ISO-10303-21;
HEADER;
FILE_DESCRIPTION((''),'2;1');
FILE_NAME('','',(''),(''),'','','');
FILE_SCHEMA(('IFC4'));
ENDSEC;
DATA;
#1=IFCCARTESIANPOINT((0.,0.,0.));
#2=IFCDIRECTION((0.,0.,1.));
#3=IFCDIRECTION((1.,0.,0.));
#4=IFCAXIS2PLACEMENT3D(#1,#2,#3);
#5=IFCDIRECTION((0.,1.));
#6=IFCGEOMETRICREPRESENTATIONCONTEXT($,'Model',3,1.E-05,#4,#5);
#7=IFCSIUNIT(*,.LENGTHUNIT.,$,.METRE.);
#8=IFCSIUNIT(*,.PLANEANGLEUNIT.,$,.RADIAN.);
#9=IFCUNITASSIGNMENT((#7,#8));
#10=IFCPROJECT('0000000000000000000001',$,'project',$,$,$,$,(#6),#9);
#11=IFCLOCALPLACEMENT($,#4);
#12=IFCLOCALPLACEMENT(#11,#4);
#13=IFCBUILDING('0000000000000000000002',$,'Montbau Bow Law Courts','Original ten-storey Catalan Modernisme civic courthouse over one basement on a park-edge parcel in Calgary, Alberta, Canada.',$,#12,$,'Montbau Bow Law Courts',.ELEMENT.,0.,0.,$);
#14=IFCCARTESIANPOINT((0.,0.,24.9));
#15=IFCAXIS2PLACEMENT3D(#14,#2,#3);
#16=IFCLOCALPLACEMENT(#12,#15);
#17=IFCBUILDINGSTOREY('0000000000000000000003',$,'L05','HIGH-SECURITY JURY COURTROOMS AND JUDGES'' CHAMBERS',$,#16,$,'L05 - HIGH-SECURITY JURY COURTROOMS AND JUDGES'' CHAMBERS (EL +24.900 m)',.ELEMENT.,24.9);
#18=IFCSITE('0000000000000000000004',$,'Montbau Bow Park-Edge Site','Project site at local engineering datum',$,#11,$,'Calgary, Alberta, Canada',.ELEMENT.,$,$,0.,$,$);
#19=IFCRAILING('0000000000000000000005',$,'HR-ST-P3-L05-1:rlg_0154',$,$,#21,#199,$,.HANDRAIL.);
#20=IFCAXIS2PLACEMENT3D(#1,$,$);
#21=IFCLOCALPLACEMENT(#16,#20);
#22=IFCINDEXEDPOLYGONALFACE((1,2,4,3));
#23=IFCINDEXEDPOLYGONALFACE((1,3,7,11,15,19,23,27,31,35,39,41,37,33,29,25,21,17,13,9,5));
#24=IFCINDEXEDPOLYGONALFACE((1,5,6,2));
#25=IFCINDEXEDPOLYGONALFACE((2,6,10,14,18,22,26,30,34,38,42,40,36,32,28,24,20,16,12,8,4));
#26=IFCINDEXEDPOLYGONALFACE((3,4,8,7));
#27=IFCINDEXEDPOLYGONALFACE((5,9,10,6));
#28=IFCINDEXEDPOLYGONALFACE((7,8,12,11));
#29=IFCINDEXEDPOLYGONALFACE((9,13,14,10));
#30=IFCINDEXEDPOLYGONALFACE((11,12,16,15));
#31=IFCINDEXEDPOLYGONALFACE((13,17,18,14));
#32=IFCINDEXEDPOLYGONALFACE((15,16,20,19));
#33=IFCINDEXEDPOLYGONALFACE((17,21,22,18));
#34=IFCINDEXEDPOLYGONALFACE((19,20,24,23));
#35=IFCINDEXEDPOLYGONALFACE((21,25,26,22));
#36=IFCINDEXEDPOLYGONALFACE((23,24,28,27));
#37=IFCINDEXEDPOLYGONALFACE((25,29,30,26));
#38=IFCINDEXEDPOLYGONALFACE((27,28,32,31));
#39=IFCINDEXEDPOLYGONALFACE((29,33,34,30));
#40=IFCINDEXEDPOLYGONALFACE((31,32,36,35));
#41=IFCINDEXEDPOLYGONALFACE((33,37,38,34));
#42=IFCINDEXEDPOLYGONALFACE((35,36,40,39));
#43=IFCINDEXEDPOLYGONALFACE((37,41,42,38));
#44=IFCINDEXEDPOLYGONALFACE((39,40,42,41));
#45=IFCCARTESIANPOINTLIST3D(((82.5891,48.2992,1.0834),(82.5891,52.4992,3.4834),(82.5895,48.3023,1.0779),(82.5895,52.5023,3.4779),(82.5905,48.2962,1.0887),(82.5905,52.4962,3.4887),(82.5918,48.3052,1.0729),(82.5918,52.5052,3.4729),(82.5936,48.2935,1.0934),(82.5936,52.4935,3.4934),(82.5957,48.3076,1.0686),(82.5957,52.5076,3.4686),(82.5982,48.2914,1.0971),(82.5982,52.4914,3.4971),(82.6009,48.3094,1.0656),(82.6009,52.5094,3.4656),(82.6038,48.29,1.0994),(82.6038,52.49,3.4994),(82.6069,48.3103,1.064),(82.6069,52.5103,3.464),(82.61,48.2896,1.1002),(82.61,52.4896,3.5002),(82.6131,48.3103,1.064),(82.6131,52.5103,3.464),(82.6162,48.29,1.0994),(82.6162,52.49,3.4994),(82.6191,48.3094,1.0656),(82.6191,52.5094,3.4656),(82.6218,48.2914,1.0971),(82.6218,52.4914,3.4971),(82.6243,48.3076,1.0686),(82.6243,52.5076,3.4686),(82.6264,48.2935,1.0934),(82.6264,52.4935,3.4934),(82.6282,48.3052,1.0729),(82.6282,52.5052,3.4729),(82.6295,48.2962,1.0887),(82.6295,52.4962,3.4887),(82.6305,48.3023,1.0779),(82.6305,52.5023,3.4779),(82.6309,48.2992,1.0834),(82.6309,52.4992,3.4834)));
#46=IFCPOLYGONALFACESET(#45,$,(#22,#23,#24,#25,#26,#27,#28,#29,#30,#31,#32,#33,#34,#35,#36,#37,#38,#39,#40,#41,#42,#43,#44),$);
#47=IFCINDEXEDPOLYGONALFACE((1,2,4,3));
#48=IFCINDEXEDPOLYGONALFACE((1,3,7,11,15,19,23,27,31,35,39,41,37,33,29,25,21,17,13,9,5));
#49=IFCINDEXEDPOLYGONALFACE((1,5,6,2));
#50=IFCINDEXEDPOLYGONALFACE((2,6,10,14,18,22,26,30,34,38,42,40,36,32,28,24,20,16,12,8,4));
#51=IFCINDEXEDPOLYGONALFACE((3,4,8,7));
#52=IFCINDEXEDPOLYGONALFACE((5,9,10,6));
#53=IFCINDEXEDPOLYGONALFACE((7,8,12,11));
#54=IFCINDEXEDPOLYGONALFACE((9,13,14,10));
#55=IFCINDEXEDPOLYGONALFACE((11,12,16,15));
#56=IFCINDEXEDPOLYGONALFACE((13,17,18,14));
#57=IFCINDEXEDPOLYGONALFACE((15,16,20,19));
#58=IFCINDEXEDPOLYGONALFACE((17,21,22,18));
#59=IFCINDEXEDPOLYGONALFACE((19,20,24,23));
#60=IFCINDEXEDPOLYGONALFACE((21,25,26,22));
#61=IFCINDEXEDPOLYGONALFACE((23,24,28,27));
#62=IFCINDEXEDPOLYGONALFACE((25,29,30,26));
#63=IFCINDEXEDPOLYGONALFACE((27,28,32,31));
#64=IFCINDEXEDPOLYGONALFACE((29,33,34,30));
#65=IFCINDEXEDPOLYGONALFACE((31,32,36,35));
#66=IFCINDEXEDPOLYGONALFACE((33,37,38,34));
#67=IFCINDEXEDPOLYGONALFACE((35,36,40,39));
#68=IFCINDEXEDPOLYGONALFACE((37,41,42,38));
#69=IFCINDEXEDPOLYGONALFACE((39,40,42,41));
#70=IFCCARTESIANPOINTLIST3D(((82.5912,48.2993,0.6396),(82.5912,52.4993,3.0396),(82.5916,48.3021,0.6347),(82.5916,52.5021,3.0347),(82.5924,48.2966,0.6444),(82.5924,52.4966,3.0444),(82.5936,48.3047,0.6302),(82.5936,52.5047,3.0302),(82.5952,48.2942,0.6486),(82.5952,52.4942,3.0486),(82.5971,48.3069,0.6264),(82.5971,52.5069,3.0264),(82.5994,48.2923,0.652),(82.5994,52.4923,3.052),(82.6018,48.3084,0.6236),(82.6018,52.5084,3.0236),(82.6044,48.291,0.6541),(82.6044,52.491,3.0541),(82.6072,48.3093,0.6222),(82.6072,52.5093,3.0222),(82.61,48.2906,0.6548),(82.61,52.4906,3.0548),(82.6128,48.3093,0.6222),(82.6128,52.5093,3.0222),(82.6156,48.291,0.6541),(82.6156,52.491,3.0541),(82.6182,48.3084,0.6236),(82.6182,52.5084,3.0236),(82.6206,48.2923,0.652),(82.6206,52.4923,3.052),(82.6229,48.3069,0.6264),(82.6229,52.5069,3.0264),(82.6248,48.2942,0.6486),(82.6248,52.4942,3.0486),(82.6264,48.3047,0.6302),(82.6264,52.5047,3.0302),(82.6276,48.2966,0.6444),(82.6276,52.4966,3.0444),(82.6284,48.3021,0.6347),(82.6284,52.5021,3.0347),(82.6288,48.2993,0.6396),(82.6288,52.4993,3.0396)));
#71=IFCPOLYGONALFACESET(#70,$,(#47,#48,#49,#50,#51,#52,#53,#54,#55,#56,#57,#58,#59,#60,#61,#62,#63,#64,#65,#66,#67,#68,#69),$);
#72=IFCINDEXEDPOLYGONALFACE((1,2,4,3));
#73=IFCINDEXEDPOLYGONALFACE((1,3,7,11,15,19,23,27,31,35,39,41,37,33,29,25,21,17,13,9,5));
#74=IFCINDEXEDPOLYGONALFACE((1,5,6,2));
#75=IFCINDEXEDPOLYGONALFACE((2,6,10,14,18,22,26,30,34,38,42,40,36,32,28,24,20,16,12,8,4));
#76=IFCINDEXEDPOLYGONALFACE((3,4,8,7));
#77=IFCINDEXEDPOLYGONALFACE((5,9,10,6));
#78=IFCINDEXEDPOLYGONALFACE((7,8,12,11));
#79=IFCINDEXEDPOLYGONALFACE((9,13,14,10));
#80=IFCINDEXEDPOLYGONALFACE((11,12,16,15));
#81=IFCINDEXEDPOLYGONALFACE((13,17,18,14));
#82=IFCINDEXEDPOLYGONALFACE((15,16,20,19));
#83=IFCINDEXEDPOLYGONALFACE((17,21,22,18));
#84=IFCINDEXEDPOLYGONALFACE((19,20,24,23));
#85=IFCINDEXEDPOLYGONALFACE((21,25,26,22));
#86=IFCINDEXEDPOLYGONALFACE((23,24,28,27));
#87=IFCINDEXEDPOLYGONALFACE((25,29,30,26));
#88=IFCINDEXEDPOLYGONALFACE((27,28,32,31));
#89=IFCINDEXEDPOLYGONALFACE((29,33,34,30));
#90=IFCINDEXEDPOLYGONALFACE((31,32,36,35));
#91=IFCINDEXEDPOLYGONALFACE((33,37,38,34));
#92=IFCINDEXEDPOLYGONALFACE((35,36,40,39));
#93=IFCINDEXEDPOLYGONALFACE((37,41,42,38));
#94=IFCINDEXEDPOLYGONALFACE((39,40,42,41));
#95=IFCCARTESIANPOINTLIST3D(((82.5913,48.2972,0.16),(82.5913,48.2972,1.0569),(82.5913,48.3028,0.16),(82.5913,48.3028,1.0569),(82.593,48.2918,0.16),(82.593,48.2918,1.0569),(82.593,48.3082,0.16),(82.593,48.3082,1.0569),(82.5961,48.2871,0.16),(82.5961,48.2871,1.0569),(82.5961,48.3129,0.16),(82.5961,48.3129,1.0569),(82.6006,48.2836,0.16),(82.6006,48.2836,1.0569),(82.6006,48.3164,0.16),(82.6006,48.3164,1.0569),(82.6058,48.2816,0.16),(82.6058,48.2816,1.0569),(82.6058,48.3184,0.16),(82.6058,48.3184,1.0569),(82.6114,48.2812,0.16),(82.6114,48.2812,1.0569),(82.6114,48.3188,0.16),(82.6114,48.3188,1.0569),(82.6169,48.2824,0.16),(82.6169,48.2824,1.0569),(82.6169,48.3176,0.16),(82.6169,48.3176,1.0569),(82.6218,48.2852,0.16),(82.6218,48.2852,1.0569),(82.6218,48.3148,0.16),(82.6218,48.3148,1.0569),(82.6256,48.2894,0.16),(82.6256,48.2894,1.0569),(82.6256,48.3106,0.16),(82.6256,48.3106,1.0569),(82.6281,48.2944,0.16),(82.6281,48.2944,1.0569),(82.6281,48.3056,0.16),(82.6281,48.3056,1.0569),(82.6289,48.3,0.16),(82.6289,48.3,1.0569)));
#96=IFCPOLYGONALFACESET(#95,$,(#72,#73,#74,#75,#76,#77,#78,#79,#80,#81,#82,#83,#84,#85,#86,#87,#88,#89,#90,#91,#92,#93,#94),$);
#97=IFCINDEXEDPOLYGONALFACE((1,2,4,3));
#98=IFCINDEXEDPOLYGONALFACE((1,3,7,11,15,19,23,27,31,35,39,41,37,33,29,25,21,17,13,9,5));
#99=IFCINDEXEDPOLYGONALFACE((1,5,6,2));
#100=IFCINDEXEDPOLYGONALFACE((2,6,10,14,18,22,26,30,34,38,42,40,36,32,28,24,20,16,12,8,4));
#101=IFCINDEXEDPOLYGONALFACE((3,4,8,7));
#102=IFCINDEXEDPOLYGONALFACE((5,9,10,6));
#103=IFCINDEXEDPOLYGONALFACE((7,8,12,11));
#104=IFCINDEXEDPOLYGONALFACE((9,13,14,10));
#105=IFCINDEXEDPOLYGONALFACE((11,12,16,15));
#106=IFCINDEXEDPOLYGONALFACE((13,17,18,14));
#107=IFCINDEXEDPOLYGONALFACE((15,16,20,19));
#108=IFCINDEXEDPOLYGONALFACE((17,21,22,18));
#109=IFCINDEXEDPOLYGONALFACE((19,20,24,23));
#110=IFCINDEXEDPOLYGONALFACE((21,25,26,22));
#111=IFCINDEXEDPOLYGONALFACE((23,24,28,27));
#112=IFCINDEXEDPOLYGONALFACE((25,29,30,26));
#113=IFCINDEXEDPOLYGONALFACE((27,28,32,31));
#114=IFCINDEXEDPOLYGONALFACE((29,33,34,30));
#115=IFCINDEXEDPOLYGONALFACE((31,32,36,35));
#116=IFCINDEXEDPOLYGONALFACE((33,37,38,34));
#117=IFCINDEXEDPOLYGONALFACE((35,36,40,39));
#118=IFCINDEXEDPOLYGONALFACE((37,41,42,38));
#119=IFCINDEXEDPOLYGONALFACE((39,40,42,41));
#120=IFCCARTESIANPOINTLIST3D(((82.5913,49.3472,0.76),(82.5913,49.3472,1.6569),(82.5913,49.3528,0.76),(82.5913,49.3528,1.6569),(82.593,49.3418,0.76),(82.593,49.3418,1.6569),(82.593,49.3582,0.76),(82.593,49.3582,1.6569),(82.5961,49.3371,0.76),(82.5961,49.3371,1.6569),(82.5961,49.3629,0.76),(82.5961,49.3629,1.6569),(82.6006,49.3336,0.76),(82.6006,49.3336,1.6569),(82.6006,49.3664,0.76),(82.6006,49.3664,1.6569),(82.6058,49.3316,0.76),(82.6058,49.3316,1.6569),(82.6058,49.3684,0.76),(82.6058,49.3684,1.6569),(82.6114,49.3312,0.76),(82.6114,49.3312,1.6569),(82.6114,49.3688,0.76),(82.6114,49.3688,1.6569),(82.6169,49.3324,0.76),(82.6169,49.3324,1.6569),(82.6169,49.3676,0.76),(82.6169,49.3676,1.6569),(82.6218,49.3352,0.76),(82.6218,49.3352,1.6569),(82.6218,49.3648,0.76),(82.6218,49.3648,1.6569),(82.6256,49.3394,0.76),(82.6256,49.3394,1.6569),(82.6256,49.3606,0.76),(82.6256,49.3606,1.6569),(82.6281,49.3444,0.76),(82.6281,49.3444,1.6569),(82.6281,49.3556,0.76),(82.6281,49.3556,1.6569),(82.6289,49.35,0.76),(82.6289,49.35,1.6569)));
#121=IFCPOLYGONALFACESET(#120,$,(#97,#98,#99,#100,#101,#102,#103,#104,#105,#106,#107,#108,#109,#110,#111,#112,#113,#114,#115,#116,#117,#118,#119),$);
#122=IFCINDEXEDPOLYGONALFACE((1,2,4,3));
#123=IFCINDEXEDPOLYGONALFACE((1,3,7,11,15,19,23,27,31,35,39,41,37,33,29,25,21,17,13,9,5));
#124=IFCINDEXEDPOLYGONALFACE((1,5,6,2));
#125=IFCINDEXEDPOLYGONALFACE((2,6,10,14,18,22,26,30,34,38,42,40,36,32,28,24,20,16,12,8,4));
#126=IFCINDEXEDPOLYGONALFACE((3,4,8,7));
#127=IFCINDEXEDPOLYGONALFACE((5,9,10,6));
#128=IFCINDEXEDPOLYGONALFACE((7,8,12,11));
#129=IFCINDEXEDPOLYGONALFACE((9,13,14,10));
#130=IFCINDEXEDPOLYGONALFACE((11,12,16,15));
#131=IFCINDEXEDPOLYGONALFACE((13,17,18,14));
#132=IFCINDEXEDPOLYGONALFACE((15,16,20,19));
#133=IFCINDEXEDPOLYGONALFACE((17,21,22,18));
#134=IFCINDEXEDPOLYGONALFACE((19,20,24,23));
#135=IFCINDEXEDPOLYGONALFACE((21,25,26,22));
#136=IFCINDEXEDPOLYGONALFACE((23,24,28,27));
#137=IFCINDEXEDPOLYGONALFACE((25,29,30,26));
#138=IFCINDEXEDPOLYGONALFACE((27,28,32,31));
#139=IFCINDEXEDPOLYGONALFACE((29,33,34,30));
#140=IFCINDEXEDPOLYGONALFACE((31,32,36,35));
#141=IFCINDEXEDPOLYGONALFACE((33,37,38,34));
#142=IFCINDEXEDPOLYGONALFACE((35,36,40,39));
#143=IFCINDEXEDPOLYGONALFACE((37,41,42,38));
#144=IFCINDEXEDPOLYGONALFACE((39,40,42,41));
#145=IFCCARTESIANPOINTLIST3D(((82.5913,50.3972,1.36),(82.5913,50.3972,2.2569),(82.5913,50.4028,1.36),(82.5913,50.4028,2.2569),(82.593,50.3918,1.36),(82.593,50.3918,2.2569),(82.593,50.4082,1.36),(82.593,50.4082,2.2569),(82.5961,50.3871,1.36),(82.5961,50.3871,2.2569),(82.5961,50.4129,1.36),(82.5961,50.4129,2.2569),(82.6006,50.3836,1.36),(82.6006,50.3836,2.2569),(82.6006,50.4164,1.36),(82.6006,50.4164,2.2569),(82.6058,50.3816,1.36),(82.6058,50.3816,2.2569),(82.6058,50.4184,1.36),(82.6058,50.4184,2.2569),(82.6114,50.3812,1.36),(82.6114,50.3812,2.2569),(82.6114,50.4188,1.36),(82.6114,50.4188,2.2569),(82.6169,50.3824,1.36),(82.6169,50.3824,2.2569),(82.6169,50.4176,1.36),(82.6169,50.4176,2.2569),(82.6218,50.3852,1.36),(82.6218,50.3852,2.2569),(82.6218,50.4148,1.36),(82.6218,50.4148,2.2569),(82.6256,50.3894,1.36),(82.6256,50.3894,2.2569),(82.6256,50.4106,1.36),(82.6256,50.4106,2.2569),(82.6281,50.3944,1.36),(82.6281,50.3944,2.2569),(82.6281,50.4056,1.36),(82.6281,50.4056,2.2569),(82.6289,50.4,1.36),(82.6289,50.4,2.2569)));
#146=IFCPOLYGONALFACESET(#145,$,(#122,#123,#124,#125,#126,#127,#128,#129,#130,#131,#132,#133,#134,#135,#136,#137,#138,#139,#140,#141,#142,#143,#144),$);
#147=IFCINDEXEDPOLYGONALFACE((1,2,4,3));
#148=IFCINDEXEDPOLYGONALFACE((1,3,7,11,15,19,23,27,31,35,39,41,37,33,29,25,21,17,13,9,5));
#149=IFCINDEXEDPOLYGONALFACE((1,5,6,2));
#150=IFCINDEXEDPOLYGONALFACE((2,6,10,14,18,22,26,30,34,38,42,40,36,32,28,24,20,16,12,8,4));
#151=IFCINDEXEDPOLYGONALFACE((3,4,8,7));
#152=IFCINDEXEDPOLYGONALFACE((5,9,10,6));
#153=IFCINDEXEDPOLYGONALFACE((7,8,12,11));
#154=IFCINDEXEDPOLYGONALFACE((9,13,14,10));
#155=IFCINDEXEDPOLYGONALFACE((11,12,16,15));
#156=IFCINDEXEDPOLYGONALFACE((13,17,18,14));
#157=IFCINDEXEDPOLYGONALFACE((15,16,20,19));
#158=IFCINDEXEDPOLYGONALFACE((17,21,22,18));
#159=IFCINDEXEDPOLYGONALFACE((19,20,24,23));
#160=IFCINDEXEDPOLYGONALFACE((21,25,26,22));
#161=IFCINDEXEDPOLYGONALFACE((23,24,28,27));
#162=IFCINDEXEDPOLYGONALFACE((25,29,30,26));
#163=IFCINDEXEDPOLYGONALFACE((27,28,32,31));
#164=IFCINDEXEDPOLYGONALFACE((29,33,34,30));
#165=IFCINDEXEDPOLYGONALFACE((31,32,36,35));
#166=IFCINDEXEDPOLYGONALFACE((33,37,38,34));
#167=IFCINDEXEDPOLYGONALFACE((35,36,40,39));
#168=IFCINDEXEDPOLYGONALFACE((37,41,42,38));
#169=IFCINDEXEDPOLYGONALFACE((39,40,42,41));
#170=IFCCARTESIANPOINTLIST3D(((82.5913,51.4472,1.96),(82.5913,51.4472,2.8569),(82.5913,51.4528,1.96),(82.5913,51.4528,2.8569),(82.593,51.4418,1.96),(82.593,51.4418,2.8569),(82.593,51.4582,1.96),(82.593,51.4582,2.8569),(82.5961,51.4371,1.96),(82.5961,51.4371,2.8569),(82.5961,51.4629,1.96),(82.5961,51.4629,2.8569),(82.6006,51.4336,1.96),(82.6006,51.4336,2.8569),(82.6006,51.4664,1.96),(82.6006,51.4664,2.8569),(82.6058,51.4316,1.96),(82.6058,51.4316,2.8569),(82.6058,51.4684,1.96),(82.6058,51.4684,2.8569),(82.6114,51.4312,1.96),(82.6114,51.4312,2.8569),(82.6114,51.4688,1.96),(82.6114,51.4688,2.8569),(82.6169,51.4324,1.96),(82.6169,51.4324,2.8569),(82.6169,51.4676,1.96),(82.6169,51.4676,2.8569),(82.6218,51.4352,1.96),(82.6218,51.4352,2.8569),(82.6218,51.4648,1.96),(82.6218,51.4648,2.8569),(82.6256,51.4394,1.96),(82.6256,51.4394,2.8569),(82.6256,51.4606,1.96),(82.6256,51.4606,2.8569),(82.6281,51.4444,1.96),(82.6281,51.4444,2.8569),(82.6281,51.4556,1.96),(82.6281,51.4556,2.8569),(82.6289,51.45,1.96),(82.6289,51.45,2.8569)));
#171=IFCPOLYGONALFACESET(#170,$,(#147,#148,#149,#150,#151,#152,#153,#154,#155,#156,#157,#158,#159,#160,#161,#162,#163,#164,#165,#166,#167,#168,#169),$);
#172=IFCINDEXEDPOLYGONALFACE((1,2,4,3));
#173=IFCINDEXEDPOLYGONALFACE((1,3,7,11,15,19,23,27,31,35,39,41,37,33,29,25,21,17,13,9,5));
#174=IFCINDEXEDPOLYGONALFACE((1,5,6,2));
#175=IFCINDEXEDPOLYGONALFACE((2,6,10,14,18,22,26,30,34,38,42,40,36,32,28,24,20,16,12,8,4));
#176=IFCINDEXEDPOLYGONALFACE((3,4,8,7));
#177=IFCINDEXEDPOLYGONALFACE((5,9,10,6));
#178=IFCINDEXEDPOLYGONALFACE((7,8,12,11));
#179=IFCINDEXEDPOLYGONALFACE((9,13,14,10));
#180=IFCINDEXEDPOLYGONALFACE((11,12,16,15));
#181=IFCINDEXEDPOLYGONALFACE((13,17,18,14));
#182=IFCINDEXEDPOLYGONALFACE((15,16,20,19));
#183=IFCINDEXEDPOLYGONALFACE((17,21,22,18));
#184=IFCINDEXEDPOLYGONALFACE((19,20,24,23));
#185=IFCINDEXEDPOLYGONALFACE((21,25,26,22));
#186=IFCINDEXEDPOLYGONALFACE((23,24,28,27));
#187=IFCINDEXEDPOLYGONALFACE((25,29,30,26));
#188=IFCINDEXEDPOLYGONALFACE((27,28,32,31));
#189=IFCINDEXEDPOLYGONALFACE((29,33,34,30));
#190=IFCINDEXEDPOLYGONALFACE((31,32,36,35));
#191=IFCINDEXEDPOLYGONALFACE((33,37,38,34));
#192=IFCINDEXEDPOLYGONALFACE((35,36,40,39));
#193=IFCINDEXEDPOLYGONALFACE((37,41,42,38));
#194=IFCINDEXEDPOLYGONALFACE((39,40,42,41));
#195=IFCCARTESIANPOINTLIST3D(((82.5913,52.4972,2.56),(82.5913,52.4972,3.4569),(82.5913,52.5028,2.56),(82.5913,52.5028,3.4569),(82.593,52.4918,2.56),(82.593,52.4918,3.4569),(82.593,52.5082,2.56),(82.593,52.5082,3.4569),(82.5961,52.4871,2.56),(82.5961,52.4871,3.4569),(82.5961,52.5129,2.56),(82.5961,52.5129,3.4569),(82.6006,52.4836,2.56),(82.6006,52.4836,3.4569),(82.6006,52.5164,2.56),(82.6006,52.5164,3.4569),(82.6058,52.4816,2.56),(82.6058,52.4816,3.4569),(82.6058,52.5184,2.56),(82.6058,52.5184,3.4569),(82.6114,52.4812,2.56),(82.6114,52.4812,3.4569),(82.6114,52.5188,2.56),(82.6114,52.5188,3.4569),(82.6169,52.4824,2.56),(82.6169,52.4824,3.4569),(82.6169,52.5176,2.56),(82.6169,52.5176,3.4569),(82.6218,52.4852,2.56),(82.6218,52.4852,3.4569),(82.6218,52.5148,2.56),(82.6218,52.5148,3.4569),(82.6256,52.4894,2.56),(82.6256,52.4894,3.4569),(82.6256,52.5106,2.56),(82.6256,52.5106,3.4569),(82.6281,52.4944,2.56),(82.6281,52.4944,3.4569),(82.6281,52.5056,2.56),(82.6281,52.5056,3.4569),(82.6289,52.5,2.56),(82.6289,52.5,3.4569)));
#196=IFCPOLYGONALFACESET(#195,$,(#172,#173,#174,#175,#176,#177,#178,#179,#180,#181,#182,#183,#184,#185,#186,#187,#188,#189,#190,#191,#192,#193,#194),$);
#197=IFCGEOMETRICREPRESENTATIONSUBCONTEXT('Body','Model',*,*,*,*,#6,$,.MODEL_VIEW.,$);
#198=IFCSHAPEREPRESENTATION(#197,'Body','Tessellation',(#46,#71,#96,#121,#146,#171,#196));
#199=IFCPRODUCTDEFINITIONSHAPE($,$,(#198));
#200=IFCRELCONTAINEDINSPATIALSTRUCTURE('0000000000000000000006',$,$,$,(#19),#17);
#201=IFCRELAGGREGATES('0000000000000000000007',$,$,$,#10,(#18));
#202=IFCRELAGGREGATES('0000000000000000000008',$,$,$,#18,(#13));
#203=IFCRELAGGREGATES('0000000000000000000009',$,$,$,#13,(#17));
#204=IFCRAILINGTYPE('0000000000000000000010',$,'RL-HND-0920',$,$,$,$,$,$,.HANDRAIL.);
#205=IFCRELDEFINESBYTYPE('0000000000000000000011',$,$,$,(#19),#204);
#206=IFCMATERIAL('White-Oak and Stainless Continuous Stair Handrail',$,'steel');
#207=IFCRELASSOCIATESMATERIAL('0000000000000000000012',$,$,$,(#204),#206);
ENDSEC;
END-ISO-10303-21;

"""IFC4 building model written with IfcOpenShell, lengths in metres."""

from ifc_helpers import new_model, si_unit, direction, frame, origin_with_axes, origin_2d_with_axis, place, context, subcontext, project, spatial, circle, extrude, material, type_object, element, save


model = new_model("IFC4")

# Units and contexts
model_context = context("Model", 3, precision=1e-05, world=origin_with_axes(), true_north=direction((0.0, 1.0)))
body_context = subcontext(model_context, "Body", "Model", "MODEL_VIEW")
ifc_project = project(units=[si_unit("LENGTHUNIT", "METRE"), si_unit("PLANEANGLEUNIT", "RADIAN")], contexts=[model_context])

# Site, building, storey
site_placement = place(None, origin_with_axes())
site = spatial("IfcSite", under=ifc_project, at=site_placement, Name="Montbau Bow Park-Edge Site", Description="Project site at local engineering datum", LongName="Calgary, Alberta, Canada", CompositionType="ELEMENT", RefElevation=0.0)
building_placement = place(site_placement, origin_with_axes())
building = spatial("IfcBuilding", under=site, at=building_placement, Name="Montbau Bow Law Courts", Description="Original ten-storey Catalan Modernisme civic courthouse over one basement on a park-edge parcel in Calgary, Alberta, Canada.", LongName="Montbau Bow Law Courts", CompositionType="ELEMENT", ElevationOfRefHeight=0.0, ElevationOfTerrain=0.0)
storey_placement = place(building_placement, frame((0.0, 0.0, 24.9), z_axis=(0.0, 0.0, 1.0), x_axis=(1.0, 0.0, 0.0)))
storey = spatial("IfcBuildingStorey", under=building, at=storey_placement, Name="L05", Description="HIGH-SECURITY JURY COURTROOMS AND JUDGES' CHAMBERS", LongName="L05 - HIGH-SECURITY JURY COURTROOMS AND JUDGES' CHAMBERS (EL +24.900 m)", CompositionType="ELEMENT", Elevation=24.9)

# Railing
ifc_material_1 = material(Name="White-Oak and Stainless Continuous Stair Handrail", Category="steel")
railing_type_1 = type_object("IfcRailingType", Name="RL-HND-0920", PredefinedType="HANDRAIL", material=ifc_material_1)
railing_1_placement = place(None, origin_with_axes())
element("IfcRailing", 1, at=railing_1_placement, inside=storey, type_object=railing_type_1, Name="HR-ST-P3-L05-1:rlg_0154", PredefinedType="HANDRAIL", context=body_context, shape_type="SweptSolid", body=[
    extrude(circle(Radius=0.021, at=origin_2d_with_axis()), frame((82.61, 48.3, 25.982), z_axis=(0.0, 0.868243, 0.496139), x_axis=(0.0, -0.496139, 0.868243)), (0.0, 0.0, 1.0), 4.8374),
    extrude(circle(Radius=0.0189, at=origin_2d_with_axis()), frame((82.61, 48.3, 25.5384), z_axis=(0.0, 0.868243, 0.496139), x_axis=(0.0, -0.496139, 0.868243)), (0.0, 0.0, 1.0), 4.8374),
    extrude(circle(Radius=0.0189, at=origin_2d_with_axis()), frame((82.61, 48.3, 25.06), z_axis=(0.0, 0.0, 1.0), x_axis=(1.0, 0.0, 0.0)), (0.0, 0.0, 1.0), 0.8969),
    extrude(circle(Radius=0.0189, at=origin_2d_with_axis()), frame((82.61, 49.35, 25.66), z_axis=(0.0, 0.0, 1.0), x_axis=(1.0, 0.0, 0.0)), (0.0, 0.0, 1.0), 0.8969),
    extrude(circle(Radius=0.0189, at=origin_2d_with_axis()), frame((82.61, 50.4, 26.26), z_axis=(0.0, 0.0, 1.0), x_axis=(1.0, 0.0, 0.0)), (0.0, 0.0, 1.0), 0.8969),
    extrude(circle(Radius=0.0189, at=origin_2d_with_axis()), frame((82.61, 51.45, 26.86), z_axis=(0.0, 0.0, 1.0), x_axis=(1.0, 0.0, 0.0)), (0.0, 0.0, 1.0), 0.8969),
    extrude(circle(Radius=0.0189, at=origin_2d_with_axis()), frame((82.61, 52.5, 27.46), z_axis=(0.0, 0.0, 1.0), x_axis=(1.0, 0.0, 0.0)), (0.0, 0.0, 1.0), 0.8969),
])

save(model, "model.ifc")
